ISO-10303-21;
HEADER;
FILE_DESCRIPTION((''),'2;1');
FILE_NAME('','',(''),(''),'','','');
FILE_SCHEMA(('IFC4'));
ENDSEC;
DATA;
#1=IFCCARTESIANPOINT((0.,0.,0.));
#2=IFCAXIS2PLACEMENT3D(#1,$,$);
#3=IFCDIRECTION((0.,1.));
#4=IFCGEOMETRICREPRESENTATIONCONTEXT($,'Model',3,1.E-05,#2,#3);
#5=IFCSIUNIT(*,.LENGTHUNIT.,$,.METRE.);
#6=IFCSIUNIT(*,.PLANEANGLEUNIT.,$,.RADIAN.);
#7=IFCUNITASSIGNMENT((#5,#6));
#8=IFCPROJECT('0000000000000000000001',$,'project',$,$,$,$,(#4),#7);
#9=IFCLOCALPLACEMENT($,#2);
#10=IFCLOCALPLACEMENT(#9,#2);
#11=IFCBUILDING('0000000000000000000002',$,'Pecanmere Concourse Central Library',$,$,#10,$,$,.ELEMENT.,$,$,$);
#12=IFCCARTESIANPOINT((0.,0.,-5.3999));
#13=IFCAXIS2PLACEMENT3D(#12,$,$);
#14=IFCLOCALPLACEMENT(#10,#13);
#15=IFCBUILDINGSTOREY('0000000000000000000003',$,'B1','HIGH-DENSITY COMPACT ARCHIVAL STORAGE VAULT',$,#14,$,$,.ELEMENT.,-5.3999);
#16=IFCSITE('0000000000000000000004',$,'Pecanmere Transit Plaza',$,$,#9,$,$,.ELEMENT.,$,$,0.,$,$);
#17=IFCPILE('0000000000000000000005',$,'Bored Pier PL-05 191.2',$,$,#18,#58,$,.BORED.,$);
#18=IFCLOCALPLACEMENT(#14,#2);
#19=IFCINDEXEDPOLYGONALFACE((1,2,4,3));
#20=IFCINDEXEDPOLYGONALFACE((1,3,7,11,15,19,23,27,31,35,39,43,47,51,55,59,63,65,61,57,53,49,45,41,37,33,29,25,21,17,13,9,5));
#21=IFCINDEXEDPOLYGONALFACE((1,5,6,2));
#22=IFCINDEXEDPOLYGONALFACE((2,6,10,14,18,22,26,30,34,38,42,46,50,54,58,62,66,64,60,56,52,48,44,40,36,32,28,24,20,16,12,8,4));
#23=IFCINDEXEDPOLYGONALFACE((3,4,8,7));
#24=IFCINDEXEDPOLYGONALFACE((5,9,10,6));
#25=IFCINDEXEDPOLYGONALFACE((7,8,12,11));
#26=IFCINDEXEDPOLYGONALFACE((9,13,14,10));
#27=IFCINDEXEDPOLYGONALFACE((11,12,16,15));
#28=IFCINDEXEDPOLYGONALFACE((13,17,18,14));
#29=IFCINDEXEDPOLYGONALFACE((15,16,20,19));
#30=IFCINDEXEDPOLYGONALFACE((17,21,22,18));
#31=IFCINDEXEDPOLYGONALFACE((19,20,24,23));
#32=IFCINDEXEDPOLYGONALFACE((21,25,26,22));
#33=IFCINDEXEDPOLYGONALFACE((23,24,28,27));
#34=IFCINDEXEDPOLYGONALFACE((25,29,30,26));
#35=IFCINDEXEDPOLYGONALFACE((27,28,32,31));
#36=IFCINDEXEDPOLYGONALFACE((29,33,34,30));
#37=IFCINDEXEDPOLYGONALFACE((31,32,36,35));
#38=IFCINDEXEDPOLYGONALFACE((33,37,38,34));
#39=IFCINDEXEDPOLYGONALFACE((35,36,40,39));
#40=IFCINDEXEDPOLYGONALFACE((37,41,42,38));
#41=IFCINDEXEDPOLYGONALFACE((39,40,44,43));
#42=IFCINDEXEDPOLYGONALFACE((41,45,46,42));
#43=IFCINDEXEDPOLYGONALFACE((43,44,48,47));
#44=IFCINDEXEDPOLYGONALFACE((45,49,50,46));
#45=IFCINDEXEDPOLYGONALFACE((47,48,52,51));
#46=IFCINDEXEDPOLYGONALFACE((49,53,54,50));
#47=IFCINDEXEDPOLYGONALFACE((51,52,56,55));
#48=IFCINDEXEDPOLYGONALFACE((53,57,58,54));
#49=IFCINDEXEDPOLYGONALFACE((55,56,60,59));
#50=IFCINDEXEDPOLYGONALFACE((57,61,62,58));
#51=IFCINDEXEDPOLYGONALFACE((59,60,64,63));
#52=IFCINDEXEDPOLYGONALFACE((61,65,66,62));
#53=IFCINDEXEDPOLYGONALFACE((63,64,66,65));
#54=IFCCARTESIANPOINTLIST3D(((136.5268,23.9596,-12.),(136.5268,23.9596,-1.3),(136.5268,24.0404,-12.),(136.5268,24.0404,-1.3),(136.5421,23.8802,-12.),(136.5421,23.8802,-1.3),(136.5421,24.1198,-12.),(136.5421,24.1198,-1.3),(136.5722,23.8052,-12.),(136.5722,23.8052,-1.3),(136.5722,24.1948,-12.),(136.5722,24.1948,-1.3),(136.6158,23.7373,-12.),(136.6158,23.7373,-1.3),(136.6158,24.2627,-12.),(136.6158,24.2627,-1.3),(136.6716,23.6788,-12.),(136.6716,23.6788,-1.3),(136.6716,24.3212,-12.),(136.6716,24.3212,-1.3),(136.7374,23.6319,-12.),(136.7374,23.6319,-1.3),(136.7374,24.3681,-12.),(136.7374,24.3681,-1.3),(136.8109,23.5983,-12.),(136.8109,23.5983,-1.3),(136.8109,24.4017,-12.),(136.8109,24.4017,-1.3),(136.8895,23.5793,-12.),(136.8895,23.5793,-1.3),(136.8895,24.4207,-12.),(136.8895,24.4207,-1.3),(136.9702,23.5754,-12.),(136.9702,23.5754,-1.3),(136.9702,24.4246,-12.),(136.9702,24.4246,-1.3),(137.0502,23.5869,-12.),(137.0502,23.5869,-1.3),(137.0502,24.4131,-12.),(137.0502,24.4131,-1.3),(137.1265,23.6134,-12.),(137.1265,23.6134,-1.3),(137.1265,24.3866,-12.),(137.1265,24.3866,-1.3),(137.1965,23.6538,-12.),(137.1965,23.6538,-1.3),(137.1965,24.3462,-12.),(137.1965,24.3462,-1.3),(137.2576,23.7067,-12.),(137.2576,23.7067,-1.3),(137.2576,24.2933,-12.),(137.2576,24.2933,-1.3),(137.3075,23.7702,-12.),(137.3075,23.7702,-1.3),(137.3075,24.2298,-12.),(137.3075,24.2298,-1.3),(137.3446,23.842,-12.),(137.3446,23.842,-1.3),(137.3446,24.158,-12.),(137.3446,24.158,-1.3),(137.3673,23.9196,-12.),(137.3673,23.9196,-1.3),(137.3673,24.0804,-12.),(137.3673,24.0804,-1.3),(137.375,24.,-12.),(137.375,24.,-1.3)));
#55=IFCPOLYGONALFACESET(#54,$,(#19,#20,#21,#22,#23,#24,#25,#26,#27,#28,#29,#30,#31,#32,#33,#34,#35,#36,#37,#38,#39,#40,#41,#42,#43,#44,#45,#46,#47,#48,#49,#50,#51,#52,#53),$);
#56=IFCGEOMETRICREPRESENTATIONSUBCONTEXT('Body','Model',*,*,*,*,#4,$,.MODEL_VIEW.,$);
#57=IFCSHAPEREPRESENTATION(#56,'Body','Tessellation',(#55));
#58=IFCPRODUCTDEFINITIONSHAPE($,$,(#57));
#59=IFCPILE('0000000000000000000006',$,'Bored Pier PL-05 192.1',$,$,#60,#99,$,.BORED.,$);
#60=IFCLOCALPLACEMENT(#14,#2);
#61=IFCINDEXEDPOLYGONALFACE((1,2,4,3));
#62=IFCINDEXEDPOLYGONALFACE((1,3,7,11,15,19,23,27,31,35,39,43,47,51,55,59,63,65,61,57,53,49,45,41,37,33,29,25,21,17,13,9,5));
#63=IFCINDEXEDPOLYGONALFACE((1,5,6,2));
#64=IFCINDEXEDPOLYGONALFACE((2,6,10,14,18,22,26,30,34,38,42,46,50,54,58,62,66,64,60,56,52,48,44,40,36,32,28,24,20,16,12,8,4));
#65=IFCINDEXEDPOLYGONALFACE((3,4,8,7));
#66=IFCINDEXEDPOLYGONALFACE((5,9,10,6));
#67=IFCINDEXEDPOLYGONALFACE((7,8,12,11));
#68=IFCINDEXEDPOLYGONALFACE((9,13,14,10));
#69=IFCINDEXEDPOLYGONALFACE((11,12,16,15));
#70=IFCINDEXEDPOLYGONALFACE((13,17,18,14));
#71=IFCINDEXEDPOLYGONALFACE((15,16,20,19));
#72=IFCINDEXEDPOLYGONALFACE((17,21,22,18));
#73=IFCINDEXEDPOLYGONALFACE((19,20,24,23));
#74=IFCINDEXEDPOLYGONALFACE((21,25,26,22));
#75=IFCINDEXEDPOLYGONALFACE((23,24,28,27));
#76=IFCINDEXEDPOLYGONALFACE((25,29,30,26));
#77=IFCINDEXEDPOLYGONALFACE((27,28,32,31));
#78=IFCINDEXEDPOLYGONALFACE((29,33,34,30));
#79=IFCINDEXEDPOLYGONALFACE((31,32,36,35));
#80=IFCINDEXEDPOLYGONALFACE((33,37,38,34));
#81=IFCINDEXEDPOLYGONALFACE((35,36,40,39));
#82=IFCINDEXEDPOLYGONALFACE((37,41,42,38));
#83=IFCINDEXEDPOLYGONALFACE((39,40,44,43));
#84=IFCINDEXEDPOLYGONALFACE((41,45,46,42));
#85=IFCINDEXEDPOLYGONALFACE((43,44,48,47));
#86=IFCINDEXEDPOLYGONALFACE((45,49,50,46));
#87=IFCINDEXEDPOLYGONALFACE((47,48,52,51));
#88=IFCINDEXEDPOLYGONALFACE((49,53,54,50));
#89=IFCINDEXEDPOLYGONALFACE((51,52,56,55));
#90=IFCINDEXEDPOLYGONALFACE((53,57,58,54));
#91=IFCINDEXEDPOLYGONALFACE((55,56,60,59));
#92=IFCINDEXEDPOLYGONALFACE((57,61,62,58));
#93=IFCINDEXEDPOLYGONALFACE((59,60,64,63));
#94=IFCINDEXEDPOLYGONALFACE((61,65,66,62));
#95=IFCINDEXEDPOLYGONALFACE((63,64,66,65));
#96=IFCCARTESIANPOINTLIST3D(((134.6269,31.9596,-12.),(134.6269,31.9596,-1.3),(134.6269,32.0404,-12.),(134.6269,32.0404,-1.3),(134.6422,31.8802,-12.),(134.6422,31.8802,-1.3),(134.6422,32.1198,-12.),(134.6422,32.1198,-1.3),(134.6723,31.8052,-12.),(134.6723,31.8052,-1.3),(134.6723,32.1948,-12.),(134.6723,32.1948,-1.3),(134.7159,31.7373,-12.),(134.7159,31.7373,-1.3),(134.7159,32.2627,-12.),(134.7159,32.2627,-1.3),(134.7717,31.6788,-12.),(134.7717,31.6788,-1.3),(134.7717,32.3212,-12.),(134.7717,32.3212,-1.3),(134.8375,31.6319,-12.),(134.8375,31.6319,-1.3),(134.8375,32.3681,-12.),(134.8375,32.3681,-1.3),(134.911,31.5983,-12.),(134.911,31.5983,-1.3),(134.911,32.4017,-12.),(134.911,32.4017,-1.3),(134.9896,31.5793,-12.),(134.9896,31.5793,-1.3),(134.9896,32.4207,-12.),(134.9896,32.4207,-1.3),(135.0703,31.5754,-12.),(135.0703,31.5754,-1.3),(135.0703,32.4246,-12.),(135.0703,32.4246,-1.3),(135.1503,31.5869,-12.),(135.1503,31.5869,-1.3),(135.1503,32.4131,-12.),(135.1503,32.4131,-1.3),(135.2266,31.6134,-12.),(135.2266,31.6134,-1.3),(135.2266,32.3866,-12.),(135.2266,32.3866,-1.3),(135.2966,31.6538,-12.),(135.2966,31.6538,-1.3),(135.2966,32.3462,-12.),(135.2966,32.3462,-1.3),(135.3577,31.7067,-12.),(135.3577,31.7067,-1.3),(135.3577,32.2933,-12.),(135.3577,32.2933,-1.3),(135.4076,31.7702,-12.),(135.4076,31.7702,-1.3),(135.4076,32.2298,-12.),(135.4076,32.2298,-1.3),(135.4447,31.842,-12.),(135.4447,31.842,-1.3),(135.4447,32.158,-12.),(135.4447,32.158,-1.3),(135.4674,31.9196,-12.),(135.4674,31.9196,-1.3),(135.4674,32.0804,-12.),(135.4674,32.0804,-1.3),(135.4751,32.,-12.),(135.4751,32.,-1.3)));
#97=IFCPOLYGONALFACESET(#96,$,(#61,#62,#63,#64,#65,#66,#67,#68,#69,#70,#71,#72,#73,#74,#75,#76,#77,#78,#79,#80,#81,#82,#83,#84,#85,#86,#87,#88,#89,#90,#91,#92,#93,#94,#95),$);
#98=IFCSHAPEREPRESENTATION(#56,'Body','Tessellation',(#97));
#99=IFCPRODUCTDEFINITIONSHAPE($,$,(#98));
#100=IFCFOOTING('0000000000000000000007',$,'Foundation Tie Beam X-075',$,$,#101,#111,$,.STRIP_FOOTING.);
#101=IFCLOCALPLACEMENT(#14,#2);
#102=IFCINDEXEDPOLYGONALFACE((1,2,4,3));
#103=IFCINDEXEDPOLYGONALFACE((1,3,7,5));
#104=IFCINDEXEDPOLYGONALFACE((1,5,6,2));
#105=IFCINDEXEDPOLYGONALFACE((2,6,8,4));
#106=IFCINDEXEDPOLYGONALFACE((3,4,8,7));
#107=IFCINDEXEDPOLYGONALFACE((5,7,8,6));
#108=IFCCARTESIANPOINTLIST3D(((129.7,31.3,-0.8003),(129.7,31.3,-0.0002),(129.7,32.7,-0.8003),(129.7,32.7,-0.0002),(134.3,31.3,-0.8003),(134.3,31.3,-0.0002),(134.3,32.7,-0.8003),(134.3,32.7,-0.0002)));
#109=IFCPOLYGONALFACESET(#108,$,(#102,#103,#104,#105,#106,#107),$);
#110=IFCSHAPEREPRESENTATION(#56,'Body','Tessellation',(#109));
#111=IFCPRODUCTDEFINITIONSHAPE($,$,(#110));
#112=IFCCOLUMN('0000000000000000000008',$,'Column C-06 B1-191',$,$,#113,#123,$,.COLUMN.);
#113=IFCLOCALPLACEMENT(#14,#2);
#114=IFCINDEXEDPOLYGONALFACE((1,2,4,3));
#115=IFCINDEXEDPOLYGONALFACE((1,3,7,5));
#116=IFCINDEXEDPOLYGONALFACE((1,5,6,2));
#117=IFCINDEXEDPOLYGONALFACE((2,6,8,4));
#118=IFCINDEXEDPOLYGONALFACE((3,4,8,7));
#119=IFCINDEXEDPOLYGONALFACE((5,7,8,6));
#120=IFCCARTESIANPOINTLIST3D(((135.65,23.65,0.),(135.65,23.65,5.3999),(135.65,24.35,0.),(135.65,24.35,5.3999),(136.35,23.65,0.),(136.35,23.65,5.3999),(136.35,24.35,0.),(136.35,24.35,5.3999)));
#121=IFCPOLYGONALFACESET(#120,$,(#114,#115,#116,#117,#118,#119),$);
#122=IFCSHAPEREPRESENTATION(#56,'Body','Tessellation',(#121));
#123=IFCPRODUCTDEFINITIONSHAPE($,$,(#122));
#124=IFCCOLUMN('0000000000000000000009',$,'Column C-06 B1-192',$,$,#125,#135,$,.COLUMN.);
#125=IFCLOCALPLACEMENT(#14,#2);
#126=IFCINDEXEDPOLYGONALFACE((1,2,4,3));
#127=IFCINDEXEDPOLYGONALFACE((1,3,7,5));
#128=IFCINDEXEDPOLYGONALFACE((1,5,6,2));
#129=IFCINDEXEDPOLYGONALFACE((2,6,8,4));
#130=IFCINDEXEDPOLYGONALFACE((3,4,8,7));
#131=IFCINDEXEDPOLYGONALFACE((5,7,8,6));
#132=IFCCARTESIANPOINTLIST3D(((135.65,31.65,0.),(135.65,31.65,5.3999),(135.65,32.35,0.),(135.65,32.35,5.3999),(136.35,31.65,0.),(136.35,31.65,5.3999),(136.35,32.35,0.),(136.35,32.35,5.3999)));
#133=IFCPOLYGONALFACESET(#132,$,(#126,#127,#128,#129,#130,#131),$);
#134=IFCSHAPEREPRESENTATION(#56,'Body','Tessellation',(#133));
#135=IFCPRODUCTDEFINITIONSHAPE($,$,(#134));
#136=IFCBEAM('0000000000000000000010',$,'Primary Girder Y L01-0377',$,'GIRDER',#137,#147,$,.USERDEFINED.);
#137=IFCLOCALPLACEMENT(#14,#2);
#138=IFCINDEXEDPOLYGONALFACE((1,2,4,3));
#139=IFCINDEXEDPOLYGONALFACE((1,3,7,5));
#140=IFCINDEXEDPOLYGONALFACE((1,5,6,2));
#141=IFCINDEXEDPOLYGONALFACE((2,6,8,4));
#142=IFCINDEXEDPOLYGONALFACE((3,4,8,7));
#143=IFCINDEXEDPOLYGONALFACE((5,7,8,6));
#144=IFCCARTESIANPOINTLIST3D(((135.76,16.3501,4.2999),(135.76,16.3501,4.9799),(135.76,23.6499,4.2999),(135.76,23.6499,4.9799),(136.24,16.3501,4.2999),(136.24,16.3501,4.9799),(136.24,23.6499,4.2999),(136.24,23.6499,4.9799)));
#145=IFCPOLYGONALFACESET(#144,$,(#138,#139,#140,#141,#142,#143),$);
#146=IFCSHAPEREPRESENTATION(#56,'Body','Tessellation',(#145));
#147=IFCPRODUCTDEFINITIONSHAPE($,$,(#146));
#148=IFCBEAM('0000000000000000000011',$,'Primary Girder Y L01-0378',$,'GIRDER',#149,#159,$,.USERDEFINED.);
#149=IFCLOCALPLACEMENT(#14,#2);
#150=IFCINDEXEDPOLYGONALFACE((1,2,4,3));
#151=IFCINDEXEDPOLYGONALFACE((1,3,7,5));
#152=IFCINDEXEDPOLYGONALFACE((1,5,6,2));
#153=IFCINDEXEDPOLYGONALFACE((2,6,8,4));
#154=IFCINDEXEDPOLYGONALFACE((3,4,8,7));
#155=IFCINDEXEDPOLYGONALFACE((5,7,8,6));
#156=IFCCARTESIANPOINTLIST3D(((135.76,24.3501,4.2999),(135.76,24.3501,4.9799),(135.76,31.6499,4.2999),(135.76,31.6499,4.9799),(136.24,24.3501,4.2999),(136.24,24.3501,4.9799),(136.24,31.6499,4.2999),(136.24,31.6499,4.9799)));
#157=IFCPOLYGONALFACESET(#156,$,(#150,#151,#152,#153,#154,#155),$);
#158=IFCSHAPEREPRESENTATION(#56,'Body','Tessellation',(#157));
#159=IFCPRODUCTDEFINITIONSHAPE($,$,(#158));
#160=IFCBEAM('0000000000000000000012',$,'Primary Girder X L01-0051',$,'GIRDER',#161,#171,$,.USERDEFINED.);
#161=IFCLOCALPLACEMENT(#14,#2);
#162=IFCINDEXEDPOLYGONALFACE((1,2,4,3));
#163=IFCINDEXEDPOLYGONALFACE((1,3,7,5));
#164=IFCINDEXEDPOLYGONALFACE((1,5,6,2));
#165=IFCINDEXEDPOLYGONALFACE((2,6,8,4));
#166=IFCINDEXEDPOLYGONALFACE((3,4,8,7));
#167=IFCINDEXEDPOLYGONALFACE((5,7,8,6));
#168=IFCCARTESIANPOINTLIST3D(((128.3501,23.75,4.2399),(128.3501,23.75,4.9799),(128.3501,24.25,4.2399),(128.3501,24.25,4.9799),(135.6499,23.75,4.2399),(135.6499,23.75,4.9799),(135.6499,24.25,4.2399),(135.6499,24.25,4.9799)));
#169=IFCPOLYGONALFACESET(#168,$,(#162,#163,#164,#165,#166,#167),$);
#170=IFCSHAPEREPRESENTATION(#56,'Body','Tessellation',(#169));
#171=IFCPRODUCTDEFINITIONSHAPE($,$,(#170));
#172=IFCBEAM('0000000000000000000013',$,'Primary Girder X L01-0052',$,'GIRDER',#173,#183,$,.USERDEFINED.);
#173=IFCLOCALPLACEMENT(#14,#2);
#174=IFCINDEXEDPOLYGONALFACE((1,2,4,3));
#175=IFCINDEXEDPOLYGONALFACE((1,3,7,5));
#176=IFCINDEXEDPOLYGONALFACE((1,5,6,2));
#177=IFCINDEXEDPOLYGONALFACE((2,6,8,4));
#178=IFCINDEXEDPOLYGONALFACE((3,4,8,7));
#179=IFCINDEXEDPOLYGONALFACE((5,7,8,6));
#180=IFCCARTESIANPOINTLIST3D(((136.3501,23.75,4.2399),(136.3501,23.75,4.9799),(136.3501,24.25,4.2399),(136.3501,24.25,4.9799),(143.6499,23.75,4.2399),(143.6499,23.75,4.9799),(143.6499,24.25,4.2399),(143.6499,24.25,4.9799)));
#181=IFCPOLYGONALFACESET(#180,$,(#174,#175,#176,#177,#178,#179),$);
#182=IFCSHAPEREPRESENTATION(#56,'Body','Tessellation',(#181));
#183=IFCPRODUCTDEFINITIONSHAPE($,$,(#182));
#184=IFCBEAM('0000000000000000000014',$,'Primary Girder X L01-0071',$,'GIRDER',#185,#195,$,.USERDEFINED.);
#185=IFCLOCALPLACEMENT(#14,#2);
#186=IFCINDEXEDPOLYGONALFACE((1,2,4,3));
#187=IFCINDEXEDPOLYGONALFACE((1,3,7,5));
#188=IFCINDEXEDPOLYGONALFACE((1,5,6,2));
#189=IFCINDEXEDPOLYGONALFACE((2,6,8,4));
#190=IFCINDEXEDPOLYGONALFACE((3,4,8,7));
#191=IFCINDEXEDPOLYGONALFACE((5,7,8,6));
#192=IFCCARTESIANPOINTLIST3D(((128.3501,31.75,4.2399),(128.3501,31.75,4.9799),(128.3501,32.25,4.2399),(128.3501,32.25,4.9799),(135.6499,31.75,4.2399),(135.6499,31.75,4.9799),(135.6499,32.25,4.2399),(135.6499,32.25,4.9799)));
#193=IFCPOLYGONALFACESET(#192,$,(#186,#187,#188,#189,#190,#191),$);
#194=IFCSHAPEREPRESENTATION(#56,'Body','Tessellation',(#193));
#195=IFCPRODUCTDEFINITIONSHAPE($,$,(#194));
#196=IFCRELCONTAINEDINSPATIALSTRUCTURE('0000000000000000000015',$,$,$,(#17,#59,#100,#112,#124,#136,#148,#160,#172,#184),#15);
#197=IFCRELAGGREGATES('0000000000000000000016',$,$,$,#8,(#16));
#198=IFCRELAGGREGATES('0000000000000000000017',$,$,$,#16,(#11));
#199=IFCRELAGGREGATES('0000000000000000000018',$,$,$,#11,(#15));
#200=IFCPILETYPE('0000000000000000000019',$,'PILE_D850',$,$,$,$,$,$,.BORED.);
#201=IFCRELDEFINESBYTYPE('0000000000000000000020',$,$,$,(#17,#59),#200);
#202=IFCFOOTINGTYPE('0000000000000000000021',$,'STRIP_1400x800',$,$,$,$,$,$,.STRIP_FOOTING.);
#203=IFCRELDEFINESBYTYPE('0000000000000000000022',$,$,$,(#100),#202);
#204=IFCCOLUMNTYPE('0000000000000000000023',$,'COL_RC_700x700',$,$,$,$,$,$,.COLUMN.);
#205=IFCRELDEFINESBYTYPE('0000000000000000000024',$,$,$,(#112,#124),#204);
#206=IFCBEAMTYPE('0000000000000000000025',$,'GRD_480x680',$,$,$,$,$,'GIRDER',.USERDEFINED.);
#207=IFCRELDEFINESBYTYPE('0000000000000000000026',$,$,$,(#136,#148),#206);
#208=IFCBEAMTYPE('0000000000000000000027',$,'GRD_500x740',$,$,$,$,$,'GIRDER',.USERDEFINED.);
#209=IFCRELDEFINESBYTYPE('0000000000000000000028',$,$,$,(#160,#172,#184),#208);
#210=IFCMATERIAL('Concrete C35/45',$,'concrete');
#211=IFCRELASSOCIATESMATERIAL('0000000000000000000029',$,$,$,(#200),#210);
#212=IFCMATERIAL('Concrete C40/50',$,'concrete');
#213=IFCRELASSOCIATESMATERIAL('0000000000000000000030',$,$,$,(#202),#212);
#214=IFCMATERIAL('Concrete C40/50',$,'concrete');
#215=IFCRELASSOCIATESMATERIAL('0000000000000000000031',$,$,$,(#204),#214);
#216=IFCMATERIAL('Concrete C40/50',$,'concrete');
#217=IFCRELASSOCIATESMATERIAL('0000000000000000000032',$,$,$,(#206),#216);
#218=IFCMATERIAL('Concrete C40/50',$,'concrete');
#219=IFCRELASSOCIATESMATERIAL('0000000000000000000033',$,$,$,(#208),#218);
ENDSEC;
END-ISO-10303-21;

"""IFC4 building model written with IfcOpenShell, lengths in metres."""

from ifc_helpers import new_model, si_unit, direction, frame, origin, origin_2d, place, context, subcontext, project, spatial, rectangle, circle, extrude, material, material_profile, profile_set, type_object, element, save


model = new_model("IFC4")

# Units and contexts
model_context = context("Model", 3, precision=1e-05, world=origin(), true_north=direction((0.0, 1.0)))
body_context = subcontext(model_context, "Body", "Model", "MODEL_VIEW")
ifc_project = project(units=[si_unit("LENGTHUNIT", "METRE"), si_unit("PLANEANGLEUNIT", "RADIAN")], contexts=[model_context])

# Site, building, storey
site_placement = place(None, origin())
site = spatial("IfcSite", under=ifc_project, at=site_placement, Name="Pecanmere Transit Plaza", CompositionType="ELEMENT", RefElevation=0.0)
building_placement = place(site_placement, origin())
building = spatial("IfcBuilding", under=site, at=building_placement, Name="Pecanmere Concourse Central Library", CompositionType="ELEMENT")
storey_placement = place(building_placement, frame((0.0, 0.0, -5.3999)))
storey = spatial("IfcBuildingStorey", under=building, at=storey_placement, Name="B1", Description="HIGH-DENSITY COMPACT ARCHIVAL STORAGE VAULT", CompositionType="ELEMENT", Elevation=-5.3999)

# Piles
ifc_material_1 = material(Name="Concrete C35/45", Category="concrete")
ifc_material_profile_1 = material_profile(ifc_material_1, circle(Radius=0.425, at=origin_2d()), Name="PIER D850")
ifc_profile_set_1 = profile_set([ifc_material_profile_1], Name="Concrete C35/45")
pile_type = type_object("IfcPileType", Name="PILE_D850", PredefinedType="BORED", material=ifc_profile_set_1)
for number, where, z_axis, x_axis, name in (
    (1, (136.95, 24.0, -1.3), (0.0, 0.0, -1.0), (1.0, 0.0, 0.0), "Bored Pier PL-05 191.2"),
    (2, (135.05, 32.0, -1.3), (0.0, 0.0, -1.0), (1.0, 0.0, 0.0), "Bored Pier PL-05 192.1"),
):
    element("IfcPile", number, at=place(storey_placement, frame(where, z_axis=z_axis, x_axis=x_axis)), inside=storey, type_object=pile_type, Name=name, PredefinedType="BORED", context=body_context, shape_type="SweptSolid", body=[
        extrude(circle(Radius=0.425, at=origin_2d()), origin(), (0.0, 0.0, 1.0), 10.7),
    ])

# Footing
ifc_material_2 = material(Name="Concrete C40/50", Category="concrete")
ifc_material_profile_2 = material_profile(ifc_material_2, rectangle(XDim=1.3999, YDim=0.8, at=origin_2d()), Name="RC 1400x800")
ifc_profile_set_2 = profile_set([ifc_material_profile_2], Name="Concrete C40/50")
footing_type_1 = type_object("IfcFootingType", Name="STRIP_1400x800", PredefinedType="STRIP_FOOTING", material=ifc_profile_set_2)
footing_1_placement = place(storey_placement, frame((132.0, 32.0, -0.8003), z_axis=(0.0, 0.0, 1.0), x_axis=(1.0, 0.0, 0.0)))
element("IfcFooting", 3, at=footing_1_placement, inside=storey, type_object=footing_type_1, Name="Foundation Tie Beam X-075", PredefinedType="STRIP_FOOTING", context=body_context, shape_type="SweptSolid", body=[
    extrude(rectangle(XDim=4.6001, YDim=1.3999, at=origin_2d()), origin(), (0.0, 0.0, 1.0), 0.8),
])

# Columns
ifc_material_3 = material(Name="Concrete C40/50", Category="concrete")
ifc_material_profile_3 = material_profile(ifc_material_3, rectangle(XDim=0.7, YDim=0.7, at=origin_2d()), Name="RC 700x700")
ifc_profile_set_3 = profile_set([ifc_material_profile_3], Name="Concrete C40/50")
column_type = type_object("IfcColumnType", Name="COL_RC_700x700", PredefinedType="COLUMN", material=ifc_profile_set_3)
for number, where, z_axis, x_axis, name in (
    (4, (136.0, 24.0, 0.0), (0.0, 0.0, 1.0), (1.0, 0.0, 0.0), "Column C-06 B1-191"),
    (5, (136.0, 32.0, 0.0), (0.0, 0.0, 1.0), (1.0, 0.0, 0.0), "Column C-06 B1-192"),
):
    element("IfcColumn", number, at=place(storey_placement, frame(where, z_axis=z_axis, x_axis=x_axis)), inside=storey, type_object=column_type, Name=name, PredefinedType="COLUMN", context=body_context, shape_type="SweptSolid", body=[
        extrude(rectangle(XDim=0.7, YDim=0.7, at=origin_2d()), origin(), (0.0, 0.0, 1.0), 5.3999),
    ])

# Beams
ifc_material_4 = material(Name="Concrete C40/50", Category="concrete")
ifc_material_profile_4 = material_profile(ifc_material_4, rectangle(XDim=0.48, YDim=0.6799, at=origin_2d()), Name="RC 480x680")
ifc_profile_set_4 = profile_set([ifc_material_profile_4], Name="Concrete C40/50")
beam_type_1 = type_object("IfcBeamType", Name="GRD_480x680", ElementType="GIRDER", PredefinedType="USERDEFINED", material=ifc_profile_set_4)
for number, where, z_axis, x_axis, name in (
    (6, (136.0, 16.3501, 4.6399), (0.0, 1.0, 0.0), (-1.0, 0.0, 0.0), "Primary Girder Y L01-0377"),
    (7, (136.0, 24.3501, 4.6399), (0.0, 1.0, 0.0), (-1.0, 0.0, 0.0), "Primary Girder Y L01-0378"),
):
    element("IfcBeam", number, at=place(storey_placement, frame(where, z_axis=z_axis, x_axis=x_axis)), inside=storey, type_object=beam_type_1, Name=name, ObjectType="GIRDER", PredefinedType="USERDEFINED", context=body_context, shape_type="SweptSolid", body=[
        extrude(rectangle(XDim=0.48, YDim=0.6799, at=origin_2d()), origin(), (0.0, 0.0, 1.0), 7.2998),
    ])
ifc_material_5 = material(Name="Concrete C40/50", Category="concrete")
ifc_material_profile_5 = material_profile(ifc_material_5, rectangle(XDim=0.5, YDim=0.74, at=origin_2d()), Name="RC 500x740")
ifc_profile_set_5 = profile_set([ifc_material_profile_5], Name="Concrete C40/50")
beam_type_2 = type_object("IfcBeamType", Name="GRD_500x740", ElementType="GIRDER", PredefinedType="USERDEFINED", material=ifc_profile_set_5)
for number, where, z_axis, x_axis, name in (
    (8, (128.3501, 24.0, 4.6099), (1.0, 0.0, 0.0), (0.0, 1.0, 0.0), "Primary Girder X L01-0051"),
    (9, (136.3501, 24.0, 4.6099), (1.0, 0.0, 0.0), (0.0, 1.0, 0.0), "Primary Girder X L01-0052"),
    (10, (128.3501, 32.0, 4.6099), (1.0, 0.0, 0.0), (0.0, 1.0, 0.0), "Primary Girder X L01-0071"),
):
    element("IfcBeam", number, at=place(storey_placement, frame(where, z_axis=z_axis, x_axis=x_axis)), inside=storey, type_object=beam_type_2, Name=name, ObjectType="GIRDER", PredefinedType="USERDEFINED", context=body_context, shape_type="SweptSolid", body=[
        extrude(rectangle(XDim=0.5, YDim=0.74, at=origin_2d()), origin(), (0.0, 0.0, 1.0), 7.2998),
    ])

save(model, "model.ifc")
